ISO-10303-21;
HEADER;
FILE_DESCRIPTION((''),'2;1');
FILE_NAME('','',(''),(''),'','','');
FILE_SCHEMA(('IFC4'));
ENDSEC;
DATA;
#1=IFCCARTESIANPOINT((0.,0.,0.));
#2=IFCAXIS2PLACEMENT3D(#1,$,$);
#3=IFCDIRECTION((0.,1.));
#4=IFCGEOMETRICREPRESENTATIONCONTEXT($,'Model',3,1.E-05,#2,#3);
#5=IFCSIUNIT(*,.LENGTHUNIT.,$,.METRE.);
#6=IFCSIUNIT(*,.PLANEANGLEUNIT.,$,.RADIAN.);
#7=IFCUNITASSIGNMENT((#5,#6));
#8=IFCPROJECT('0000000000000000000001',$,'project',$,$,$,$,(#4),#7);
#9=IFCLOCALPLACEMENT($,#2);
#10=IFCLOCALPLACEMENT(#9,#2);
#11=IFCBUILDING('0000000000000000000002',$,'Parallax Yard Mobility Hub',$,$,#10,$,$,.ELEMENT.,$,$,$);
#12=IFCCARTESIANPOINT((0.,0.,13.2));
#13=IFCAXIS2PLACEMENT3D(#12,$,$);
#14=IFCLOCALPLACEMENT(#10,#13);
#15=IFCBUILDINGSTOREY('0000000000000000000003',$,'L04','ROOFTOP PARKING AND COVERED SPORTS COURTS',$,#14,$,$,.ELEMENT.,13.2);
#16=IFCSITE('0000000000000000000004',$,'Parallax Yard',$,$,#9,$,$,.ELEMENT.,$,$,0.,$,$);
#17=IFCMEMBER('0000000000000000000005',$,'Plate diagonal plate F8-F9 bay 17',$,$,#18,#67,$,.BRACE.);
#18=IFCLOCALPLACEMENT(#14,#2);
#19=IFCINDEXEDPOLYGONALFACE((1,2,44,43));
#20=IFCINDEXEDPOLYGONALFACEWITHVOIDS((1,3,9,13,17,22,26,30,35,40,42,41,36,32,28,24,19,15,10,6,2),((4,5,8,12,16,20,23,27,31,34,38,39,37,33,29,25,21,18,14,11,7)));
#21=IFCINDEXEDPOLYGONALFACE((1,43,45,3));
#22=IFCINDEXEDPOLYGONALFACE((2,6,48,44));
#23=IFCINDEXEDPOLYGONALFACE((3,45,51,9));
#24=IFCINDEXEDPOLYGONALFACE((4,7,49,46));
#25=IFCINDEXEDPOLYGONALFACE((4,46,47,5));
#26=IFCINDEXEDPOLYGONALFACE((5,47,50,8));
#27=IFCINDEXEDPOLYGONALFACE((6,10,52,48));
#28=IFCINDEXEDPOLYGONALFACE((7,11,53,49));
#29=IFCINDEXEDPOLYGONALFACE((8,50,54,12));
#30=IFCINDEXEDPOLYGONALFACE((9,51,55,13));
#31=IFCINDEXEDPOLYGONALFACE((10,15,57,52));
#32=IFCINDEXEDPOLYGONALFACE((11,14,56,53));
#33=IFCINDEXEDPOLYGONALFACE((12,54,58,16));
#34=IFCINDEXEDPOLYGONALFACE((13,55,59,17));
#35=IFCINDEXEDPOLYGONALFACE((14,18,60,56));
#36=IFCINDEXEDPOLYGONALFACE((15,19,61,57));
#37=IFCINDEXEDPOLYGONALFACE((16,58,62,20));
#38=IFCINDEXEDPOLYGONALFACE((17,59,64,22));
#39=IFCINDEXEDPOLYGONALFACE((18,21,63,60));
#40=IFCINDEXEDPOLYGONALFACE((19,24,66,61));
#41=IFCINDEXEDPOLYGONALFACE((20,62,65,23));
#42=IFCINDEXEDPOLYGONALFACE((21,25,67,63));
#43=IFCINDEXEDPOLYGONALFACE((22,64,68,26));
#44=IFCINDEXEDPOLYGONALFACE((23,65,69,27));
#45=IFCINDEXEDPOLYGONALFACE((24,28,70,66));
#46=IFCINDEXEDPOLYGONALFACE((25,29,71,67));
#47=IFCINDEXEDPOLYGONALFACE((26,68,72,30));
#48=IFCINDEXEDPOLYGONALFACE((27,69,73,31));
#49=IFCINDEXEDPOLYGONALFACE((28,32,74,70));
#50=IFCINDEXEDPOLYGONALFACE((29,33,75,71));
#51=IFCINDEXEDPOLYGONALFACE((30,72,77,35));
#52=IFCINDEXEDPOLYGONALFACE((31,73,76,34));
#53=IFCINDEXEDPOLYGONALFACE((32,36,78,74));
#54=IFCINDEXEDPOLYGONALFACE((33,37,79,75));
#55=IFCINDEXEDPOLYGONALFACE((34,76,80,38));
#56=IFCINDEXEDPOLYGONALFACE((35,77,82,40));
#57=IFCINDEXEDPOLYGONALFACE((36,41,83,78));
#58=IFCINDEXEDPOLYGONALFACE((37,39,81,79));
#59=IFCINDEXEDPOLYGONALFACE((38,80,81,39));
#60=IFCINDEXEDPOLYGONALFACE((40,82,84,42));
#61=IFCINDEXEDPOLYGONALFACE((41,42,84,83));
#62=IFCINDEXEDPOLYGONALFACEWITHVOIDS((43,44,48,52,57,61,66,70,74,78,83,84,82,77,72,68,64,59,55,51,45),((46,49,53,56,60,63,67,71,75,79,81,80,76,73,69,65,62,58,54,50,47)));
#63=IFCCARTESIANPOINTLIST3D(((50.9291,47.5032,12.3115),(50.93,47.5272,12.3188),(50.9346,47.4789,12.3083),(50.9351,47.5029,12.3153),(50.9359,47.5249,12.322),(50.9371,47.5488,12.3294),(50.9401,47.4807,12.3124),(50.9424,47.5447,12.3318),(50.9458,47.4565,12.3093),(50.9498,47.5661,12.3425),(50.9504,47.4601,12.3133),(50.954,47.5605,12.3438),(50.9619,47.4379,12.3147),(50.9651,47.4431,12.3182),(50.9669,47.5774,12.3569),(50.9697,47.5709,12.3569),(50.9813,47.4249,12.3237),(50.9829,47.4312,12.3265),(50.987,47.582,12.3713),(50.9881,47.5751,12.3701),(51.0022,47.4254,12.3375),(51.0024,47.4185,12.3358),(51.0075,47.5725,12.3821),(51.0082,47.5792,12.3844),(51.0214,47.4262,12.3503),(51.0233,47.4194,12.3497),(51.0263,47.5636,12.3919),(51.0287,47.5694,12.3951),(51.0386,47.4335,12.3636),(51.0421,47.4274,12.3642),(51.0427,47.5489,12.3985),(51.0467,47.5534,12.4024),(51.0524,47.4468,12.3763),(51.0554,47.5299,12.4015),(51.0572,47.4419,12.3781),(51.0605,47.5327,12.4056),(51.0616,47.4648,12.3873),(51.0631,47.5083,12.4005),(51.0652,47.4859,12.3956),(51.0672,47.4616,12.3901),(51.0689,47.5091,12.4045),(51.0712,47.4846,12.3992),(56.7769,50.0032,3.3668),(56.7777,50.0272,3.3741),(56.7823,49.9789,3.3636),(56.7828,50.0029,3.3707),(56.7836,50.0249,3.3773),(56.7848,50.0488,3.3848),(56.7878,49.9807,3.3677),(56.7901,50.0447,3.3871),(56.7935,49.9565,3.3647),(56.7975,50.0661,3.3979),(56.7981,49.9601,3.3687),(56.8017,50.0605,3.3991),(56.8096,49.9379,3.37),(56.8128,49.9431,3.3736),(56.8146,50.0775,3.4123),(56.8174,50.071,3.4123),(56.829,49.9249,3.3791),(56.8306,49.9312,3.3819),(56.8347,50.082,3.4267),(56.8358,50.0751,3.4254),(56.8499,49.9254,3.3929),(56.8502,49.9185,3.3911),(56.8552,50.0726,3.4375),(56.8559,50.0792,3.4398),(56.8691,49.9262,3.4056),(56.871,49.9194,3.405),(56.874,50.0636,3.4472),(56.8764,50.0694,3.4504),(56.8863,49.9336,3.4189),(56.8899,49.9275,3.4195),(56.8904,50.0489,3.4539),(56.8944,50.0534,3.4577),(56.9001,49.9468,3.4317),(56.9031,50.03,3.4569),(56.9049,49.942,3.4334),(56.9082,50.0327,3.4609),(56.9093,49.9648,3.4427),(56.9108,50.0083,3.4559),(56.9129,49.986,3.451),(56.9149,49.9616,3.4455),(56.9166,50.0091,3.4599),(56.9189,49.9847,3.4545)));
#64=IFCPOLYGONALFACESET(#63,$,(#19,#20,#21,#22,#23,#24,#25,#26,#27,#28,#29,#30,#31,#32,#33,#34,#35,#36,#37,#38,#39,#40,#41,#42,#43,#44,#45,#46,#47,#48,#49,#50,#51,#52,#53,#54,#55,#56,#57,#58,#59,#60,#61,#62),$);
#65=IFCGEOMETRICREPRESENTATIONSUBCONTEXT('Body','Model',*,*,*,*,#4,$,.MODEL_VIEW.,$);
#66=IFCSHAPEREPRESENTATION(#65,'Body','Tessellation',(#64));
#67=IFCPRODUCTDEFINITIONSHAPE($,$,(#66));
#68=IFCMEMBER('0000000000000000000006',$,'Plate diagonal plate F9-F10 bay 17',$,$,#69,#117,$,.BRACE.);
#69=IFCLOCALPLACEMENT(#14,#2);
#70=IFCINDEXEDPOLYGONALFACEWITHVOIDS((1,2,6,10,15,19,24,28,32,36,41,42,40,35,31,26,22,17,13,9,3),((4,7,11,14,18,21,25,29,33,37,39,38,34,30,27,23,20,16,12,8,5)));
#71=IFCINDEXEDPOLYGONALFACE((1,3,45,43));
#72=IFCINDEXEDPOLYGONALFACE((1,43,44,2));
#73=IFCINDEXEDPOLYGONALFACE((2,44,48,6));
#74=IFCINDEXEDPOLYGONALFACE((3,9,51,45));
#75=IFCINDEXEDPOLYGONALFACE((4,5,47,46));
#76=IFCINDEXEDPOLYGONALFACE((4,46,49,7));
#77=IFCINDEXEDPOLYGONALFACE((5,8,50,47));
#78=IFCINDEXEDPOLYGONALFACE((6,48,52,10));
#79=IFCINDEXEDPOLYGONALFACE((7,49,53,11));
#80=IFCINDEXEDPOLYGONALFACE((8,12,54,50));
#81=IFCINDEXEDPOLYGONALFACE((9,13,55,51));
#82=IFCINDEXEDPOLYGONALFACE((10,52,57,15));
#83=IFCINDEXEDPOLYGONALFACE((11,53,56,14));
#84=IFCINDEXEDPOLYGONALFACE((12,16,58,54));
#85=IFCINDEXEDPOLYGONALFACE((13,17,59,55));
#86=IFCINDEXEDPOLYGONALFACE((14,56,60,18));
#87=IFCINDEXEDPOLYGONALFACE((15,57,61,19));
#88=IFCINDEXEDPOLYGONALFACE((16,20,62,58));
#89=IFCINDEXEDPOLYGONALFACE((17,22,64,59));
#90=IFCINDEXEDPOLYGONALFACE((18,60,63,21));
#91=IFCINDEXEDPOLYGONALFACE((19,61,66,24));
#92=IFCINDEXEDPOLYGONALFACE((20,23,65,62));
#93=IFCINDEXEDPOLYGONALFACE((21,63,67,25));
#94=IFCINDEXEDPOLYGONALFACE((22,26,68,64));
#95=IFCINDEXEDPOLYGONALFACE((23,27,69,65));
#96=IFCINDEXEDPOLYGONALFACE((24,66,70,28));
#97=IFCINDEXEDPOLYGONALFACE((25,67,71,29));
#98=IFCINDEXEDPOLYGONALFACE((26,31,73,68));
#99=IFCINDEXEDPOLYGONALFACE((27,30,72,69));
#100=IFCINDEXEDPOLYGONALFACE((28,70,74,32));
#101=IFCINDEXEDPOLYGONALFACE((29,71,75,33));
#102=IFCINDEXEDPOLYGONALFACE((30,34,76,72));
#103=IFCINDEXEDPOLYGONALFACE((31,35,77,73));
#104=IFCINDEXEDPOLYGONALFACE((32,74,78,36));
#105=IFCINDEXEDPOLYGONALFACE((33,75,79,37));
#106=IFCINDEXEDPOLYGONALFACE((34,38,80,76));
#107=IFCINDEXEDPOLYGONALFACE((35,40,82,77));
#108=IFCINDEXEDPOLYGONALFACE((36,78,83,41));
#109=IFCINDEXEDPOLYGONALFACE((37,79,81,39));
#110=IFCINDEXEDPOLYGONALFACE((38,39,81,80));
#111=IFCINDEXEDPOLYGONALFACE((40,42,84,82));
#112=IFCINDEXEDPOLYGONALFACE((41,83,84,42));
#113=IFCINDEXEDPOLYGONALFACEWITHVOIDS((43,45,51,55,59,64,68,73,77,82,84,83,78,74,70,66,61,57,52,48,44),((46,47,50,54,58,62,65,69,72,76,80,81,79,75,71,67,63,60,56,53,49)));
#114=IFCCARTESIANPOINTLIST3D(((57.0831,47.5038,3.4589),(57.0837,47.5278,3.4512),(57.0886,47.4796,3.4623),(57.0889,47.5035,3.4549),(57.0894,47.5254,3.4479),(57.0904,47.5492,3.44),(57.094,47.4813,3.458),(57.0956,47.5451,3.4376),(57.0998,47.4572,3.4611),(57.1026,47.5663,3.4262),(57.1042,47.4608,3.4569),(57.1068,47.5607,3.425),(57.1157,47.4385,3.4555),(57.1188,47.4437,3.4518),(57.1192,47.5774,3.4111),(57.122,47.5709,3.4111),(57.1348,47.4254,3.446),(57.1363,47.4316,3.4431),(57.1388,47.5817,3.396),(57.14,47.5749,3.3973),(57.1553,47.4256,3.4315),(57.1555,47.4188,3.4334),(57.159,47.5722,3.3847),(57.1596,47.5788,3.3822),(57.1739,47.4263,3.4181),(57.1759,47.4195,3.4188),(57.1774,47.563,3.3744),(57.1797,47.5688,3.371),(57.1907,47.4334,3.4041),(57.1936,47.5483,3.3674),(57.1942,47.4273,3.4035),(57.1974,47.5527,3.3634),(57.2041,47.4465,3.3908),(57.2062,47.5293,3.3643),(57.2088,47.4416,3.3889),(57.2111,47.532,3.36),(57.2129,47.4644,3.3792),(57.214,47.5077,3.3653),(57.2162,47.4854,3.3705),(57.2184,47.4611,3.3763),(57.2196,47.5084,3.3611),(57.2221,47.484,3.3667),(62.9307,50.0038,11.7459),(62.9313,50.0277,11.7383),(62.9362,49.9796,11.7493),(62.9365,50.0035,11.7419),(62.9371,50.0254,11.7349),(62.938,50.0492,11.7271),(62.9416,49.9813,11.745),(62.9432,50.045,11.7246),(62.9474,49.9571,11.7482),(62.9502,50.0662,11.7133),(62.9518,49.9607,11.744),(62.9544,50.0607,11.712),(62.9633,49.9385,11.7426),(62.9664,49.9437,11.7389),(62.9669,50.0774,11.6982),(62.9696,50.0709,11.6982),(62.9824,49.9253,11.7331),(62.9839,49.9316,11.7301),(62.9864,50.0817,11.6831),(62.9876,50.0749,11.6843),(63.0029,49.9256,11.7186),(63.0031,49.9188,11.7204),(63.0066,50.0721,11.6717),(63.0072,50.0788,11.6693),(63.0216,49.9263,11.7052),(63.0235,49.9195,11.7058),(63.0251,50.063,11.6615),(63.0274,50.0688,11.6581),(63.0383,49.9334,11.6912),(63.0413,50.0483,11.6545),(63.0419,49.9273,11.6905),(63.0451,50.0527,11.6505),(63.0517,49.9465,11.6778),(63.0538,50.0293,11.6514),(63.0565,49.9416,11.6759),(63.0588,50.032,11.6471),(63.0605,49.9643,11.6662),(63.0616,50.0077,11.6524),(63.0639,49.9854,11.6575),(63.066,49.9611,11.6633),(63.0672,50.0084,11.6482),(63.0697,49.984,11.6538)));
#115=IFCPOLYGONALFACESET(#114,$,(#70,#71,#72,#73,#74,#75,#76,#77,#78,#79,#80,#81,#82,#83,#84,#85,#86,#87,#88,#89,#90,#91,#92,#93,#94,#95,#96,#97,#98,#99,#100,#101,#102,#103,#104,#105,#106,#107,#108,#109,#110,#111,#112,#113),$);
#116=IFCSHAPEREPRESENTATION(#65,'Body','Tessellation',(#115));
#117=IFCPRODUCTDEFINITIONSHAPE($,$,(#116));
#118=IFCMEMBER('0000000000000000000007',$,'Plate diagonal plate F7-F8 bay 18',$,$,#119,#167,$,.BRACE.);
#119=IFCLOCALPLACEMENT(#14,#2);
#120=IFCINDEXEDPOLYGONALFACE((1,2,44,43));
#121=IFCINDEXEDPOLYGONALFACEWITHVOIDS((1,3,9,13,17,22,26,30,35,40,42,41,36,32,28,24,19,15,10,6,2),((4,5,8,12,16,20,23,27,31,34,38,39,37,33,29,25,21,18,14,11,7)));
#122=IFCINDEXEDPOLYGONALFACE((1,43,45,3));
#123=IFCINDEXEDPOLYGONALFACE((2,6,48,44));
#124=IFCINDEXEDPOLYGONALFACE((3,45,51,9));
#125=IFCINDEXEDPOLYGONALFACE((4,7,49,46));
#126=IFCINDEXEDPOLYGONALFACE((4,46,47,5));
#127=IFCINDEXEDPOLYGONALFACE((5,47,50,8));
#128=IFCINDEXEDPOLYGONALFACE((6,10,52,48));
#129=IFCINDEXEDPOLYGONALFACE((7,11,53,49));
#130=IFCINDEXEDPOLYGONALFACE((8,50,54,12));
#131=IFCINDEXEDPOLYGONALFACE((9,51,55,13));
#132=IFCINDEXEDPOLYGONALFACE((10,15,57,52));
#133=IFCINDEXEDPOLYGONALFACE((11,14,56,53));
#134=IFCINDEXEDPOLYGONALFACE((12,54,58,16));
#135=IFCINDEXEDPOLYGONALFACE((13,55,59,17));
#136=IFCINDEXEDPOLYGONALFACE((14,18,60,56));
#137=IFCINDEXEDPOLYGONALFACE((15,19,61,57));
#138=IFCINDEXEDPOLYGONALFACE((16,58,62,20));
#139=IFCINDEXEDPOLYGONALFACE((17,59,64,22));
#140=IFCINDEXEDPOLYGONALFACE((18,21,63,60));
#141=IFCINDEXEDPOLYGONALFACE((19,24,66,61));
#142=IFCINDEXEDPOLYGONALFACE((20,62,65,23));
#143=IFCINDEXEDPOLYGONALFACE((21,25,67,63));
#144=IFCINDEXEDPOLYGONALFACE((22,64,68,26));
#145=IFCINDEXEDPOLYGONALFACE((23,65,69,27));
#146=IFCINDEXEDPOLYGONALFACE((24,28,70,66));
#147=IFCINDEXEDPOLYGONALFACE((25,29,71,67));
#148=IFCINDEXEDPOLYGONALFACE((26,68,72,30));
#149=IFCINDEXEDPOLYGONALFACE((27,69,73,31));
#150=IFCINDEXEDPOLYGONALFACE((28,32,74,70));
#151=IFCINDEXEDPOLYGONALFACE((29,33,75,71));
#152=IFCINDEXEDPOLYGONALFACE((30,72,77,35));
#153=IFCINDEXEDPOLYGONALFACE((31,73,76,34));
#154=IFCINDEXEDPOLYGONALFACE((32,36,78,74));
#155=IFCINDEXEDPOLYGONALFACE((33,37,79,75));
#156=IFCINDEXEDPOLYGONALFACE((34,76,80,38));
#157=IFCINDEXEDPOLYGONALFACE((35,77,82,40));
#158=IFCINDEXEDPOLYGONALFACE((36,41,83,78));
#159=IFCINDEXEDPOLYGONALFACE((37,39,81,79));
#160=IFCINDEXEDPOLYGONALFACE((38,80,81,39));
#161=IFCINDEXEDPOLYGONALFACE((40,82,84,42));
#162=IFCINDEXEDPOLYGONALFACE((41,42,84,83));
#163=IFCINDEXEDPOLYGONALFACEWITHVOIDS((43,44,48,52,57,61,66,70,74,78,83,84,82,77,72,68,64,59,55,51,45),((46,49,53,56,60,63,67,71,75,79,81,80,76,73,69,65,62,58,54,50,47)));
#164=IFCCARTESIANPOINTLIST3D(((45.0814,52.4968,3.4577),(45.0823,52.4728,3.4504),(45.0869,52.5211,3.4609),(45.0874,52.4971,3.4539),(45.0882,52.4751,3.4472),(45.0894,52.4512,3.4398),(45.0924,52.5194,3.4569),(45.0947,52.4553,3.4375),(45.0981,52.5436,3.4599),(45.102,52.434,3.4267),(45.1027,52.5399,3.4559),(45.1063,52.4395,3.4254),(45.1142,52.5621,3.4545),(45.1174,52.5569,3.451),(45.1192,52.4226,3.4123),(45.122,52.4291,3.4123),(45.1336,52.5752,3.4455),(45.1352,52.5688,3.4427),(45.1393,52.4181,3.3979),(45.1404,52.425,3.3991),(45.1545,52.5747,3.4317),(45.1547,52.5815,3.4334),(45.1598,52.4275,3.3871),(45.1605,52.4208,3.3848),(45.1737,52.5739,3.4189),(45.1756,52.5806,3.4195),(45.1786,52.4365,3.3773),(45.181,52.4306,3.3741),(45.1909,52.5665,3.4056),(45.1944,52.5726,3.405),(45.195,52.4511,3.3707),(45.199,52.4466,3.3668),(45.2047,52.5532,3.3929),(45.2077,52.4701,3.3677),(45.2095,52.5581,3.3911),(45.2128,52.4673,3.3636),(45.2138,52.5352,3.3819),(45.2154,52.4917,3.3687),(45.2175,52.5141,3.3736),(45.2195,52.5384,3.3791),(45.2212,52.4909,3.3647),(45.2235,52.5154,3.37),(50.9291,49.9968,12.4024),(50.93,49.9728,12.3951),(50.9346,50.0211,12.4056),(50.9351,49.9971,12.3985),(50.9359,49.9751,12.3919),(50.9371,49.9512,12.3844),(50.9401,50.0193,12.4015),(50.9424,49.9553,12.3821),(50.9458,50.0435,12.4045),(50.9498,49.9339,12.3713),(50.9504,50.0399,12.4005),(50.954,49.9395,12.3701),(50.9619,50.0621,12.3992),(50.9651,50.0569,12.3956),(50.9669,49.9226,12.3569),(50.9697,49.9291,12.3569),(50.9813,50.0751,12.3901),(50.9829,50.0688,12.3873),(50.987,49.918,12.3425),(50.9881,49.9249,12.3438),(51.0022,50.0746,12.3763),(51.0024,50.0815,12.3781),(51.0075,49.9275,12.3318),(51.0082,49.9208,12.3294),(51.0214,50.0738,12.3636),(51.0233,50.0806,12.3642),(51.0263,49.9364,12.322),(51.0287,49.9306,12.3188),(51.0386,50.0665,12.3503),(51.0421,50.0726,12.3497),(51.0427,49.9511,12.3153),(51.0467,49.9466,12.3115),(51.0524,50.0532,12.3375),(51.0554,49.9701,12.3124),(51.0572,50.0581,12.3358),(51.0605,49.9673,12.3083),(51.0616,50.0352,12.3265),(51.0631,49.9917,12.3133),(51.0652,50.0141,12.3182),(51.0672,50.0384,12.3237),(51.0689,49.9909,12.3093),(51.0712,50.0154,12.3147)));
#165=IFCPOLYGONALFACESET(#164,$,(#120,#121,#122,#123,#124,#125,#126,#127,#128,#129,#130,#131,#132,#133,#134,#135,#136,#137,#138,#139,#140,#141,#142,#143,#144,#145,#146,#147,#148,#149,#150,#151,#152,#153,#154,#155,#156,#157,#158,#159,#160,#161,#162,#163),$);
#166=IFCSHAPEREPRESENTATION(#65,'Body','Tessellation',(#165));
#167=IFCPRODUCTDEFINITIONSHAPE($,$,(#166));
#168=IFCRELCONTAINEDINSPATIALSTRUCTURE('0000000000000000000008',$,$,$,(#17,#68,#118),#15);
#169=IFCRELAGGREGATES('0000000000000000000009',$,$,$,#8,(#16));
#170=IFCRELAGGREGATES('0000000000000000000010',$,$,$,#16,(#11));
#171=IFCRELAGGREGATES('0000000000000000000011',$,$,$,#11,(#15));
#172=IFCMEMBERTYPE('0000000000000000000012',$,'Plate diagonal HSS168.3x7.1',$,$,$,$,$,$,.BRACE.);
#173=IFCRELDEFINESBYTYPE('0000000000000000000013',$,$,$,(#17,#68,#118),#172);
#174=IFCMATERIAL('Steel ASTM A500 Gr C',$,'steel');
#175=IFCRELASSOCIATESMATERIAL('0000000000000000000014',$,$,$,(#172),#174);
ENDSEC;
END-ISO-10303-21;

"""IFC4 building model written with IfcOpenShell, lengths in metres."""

from ifc_helpers import new_model, si_unit, direction, frame, origin, origin_2d, place, context, subcontext, project, spatial, hollow_circle, extrude, material, material_profile, profile_set, type_object, element, save


model = new_model("IFC4")

# Units and contexts
model_context = context("Model", 3, precision=1e-05, world=origin(), true_north=direction((0.0, 1.0)))
body_context = subcontext(model_context, "Body", "Model", "MODEL_VIEW")
ifc_project = project(units=[si_unit("LENGTHUNIT", "METRE"), si_unit("PLANEANGLEUNIT", "RADIAN")], contexts=[model_context])

# Site, building, storey
site_placement = place(None, origin())
site = spatial("IfcSite", under=ifc_project, at=site_placement, Name="Parallax Yard", CompositionType="ELEMENT", RefElevation=0.0)
building_placement = place(site_placement, origin())
building = spatial("IfcBuilding", under=site, at=building_placement, Name="Parallax Yard Mobility Hub", CompositionType="ELEMENT")
storey_placement = place(building_placement, frame((0.0, 0.0, 13.2)))
storey = spatial("IfcBuildingStorey", under=building, at=storey_placement, Name="L04", Description="ROOFTOP PARKING AND COVERED SPORTS COURTS", CompositionType="ELEMENT", Elevation=13.2)

# Members
ifc_material_1 = material(Name="Steel ASTM A500 Gr C", Category="steel")
ifc_material_profile_1 = material_profile(ifc_material_1, hollow_circle(Radius=0.0842, WallThickness=0.0071, at=origin_2d()), Name="HSS168.3x7.1")
ifc_profile_set_1 = profile_set([ifc_material_profile_1], Name="Steel ASTM A500 Gr C")
member_type_1 = type_object("IfcMemberType", Name="Plate diagonal HSS168.3x7.1", PredefinedType="BRACE", material=ifc_profile_set_1)
member_1_placement = place(storey_placement, frame((51.0, 47.5, 12.3569), z_axis=(0.532816, 0.22779, -0.814996), x_axis=(-0.393104, 0.919494, 0.0)))
element("IfcMember", 1, at=member_1_placement, inside=storey, type_object=member_type_1, Name="Plate diagonal plate F8-F9 bay 17", PredefinedType="BRACE", context=body_context, shape_type="SweptSolid", body=[
    extrude(hollow_circle(Radius=0.0842, WallThickness=0.0071, at=origin_2d()), origin(), (0.0, 0.0, 1.0), 10.9751),
])
member_2_placement = place(storey_placement, frame((57.1523, 47.5, 3.4111), z_axis=(0.559793, 0.239323, 0.79332), x_axis=(-0.393104, 0.919494, 0.0)))
element("IfcMember", 2, at=member_2_placement, inside=storey, type_object=member_type_1, Name="Plate diagonal plate F9-F10 bay 17", PredefinedType="BRACE", context=body_context, shape_type="SweptSolid", body=[
    extrude(hollow_circle(Radius=0.0842, WallThickness=0.0071, at=origin_2d()), origin(), (0.0, 0.0, 1.0), 10.446),
])
for number, where, z_axis, x_axis, name in (
    (3, (51.0, 50.0, 12.3569), (-0.532816, 0.22779, -0.814996), (-0.393104, -0.919494, 0.0), "Plate diagonal plate F7-F8 bay 18"),
):
    element("IfcMember", number, at=place(storey_placement, frame(where, z_axis=z_axis, x_axis=x_axis)), inside=storey, type_object=member_type_1, Name=name, PredefinedType="BRACE", context=body_context, shape_type="SweptSolid", body=[
        extrude(hollow_circle(Radius=0.0842, WallThickness=0.0071, at=origin_2d()), origin(), (0.0, 0.0, 1.0), 10.9751),
    ])

save(model, "model.ifc")
